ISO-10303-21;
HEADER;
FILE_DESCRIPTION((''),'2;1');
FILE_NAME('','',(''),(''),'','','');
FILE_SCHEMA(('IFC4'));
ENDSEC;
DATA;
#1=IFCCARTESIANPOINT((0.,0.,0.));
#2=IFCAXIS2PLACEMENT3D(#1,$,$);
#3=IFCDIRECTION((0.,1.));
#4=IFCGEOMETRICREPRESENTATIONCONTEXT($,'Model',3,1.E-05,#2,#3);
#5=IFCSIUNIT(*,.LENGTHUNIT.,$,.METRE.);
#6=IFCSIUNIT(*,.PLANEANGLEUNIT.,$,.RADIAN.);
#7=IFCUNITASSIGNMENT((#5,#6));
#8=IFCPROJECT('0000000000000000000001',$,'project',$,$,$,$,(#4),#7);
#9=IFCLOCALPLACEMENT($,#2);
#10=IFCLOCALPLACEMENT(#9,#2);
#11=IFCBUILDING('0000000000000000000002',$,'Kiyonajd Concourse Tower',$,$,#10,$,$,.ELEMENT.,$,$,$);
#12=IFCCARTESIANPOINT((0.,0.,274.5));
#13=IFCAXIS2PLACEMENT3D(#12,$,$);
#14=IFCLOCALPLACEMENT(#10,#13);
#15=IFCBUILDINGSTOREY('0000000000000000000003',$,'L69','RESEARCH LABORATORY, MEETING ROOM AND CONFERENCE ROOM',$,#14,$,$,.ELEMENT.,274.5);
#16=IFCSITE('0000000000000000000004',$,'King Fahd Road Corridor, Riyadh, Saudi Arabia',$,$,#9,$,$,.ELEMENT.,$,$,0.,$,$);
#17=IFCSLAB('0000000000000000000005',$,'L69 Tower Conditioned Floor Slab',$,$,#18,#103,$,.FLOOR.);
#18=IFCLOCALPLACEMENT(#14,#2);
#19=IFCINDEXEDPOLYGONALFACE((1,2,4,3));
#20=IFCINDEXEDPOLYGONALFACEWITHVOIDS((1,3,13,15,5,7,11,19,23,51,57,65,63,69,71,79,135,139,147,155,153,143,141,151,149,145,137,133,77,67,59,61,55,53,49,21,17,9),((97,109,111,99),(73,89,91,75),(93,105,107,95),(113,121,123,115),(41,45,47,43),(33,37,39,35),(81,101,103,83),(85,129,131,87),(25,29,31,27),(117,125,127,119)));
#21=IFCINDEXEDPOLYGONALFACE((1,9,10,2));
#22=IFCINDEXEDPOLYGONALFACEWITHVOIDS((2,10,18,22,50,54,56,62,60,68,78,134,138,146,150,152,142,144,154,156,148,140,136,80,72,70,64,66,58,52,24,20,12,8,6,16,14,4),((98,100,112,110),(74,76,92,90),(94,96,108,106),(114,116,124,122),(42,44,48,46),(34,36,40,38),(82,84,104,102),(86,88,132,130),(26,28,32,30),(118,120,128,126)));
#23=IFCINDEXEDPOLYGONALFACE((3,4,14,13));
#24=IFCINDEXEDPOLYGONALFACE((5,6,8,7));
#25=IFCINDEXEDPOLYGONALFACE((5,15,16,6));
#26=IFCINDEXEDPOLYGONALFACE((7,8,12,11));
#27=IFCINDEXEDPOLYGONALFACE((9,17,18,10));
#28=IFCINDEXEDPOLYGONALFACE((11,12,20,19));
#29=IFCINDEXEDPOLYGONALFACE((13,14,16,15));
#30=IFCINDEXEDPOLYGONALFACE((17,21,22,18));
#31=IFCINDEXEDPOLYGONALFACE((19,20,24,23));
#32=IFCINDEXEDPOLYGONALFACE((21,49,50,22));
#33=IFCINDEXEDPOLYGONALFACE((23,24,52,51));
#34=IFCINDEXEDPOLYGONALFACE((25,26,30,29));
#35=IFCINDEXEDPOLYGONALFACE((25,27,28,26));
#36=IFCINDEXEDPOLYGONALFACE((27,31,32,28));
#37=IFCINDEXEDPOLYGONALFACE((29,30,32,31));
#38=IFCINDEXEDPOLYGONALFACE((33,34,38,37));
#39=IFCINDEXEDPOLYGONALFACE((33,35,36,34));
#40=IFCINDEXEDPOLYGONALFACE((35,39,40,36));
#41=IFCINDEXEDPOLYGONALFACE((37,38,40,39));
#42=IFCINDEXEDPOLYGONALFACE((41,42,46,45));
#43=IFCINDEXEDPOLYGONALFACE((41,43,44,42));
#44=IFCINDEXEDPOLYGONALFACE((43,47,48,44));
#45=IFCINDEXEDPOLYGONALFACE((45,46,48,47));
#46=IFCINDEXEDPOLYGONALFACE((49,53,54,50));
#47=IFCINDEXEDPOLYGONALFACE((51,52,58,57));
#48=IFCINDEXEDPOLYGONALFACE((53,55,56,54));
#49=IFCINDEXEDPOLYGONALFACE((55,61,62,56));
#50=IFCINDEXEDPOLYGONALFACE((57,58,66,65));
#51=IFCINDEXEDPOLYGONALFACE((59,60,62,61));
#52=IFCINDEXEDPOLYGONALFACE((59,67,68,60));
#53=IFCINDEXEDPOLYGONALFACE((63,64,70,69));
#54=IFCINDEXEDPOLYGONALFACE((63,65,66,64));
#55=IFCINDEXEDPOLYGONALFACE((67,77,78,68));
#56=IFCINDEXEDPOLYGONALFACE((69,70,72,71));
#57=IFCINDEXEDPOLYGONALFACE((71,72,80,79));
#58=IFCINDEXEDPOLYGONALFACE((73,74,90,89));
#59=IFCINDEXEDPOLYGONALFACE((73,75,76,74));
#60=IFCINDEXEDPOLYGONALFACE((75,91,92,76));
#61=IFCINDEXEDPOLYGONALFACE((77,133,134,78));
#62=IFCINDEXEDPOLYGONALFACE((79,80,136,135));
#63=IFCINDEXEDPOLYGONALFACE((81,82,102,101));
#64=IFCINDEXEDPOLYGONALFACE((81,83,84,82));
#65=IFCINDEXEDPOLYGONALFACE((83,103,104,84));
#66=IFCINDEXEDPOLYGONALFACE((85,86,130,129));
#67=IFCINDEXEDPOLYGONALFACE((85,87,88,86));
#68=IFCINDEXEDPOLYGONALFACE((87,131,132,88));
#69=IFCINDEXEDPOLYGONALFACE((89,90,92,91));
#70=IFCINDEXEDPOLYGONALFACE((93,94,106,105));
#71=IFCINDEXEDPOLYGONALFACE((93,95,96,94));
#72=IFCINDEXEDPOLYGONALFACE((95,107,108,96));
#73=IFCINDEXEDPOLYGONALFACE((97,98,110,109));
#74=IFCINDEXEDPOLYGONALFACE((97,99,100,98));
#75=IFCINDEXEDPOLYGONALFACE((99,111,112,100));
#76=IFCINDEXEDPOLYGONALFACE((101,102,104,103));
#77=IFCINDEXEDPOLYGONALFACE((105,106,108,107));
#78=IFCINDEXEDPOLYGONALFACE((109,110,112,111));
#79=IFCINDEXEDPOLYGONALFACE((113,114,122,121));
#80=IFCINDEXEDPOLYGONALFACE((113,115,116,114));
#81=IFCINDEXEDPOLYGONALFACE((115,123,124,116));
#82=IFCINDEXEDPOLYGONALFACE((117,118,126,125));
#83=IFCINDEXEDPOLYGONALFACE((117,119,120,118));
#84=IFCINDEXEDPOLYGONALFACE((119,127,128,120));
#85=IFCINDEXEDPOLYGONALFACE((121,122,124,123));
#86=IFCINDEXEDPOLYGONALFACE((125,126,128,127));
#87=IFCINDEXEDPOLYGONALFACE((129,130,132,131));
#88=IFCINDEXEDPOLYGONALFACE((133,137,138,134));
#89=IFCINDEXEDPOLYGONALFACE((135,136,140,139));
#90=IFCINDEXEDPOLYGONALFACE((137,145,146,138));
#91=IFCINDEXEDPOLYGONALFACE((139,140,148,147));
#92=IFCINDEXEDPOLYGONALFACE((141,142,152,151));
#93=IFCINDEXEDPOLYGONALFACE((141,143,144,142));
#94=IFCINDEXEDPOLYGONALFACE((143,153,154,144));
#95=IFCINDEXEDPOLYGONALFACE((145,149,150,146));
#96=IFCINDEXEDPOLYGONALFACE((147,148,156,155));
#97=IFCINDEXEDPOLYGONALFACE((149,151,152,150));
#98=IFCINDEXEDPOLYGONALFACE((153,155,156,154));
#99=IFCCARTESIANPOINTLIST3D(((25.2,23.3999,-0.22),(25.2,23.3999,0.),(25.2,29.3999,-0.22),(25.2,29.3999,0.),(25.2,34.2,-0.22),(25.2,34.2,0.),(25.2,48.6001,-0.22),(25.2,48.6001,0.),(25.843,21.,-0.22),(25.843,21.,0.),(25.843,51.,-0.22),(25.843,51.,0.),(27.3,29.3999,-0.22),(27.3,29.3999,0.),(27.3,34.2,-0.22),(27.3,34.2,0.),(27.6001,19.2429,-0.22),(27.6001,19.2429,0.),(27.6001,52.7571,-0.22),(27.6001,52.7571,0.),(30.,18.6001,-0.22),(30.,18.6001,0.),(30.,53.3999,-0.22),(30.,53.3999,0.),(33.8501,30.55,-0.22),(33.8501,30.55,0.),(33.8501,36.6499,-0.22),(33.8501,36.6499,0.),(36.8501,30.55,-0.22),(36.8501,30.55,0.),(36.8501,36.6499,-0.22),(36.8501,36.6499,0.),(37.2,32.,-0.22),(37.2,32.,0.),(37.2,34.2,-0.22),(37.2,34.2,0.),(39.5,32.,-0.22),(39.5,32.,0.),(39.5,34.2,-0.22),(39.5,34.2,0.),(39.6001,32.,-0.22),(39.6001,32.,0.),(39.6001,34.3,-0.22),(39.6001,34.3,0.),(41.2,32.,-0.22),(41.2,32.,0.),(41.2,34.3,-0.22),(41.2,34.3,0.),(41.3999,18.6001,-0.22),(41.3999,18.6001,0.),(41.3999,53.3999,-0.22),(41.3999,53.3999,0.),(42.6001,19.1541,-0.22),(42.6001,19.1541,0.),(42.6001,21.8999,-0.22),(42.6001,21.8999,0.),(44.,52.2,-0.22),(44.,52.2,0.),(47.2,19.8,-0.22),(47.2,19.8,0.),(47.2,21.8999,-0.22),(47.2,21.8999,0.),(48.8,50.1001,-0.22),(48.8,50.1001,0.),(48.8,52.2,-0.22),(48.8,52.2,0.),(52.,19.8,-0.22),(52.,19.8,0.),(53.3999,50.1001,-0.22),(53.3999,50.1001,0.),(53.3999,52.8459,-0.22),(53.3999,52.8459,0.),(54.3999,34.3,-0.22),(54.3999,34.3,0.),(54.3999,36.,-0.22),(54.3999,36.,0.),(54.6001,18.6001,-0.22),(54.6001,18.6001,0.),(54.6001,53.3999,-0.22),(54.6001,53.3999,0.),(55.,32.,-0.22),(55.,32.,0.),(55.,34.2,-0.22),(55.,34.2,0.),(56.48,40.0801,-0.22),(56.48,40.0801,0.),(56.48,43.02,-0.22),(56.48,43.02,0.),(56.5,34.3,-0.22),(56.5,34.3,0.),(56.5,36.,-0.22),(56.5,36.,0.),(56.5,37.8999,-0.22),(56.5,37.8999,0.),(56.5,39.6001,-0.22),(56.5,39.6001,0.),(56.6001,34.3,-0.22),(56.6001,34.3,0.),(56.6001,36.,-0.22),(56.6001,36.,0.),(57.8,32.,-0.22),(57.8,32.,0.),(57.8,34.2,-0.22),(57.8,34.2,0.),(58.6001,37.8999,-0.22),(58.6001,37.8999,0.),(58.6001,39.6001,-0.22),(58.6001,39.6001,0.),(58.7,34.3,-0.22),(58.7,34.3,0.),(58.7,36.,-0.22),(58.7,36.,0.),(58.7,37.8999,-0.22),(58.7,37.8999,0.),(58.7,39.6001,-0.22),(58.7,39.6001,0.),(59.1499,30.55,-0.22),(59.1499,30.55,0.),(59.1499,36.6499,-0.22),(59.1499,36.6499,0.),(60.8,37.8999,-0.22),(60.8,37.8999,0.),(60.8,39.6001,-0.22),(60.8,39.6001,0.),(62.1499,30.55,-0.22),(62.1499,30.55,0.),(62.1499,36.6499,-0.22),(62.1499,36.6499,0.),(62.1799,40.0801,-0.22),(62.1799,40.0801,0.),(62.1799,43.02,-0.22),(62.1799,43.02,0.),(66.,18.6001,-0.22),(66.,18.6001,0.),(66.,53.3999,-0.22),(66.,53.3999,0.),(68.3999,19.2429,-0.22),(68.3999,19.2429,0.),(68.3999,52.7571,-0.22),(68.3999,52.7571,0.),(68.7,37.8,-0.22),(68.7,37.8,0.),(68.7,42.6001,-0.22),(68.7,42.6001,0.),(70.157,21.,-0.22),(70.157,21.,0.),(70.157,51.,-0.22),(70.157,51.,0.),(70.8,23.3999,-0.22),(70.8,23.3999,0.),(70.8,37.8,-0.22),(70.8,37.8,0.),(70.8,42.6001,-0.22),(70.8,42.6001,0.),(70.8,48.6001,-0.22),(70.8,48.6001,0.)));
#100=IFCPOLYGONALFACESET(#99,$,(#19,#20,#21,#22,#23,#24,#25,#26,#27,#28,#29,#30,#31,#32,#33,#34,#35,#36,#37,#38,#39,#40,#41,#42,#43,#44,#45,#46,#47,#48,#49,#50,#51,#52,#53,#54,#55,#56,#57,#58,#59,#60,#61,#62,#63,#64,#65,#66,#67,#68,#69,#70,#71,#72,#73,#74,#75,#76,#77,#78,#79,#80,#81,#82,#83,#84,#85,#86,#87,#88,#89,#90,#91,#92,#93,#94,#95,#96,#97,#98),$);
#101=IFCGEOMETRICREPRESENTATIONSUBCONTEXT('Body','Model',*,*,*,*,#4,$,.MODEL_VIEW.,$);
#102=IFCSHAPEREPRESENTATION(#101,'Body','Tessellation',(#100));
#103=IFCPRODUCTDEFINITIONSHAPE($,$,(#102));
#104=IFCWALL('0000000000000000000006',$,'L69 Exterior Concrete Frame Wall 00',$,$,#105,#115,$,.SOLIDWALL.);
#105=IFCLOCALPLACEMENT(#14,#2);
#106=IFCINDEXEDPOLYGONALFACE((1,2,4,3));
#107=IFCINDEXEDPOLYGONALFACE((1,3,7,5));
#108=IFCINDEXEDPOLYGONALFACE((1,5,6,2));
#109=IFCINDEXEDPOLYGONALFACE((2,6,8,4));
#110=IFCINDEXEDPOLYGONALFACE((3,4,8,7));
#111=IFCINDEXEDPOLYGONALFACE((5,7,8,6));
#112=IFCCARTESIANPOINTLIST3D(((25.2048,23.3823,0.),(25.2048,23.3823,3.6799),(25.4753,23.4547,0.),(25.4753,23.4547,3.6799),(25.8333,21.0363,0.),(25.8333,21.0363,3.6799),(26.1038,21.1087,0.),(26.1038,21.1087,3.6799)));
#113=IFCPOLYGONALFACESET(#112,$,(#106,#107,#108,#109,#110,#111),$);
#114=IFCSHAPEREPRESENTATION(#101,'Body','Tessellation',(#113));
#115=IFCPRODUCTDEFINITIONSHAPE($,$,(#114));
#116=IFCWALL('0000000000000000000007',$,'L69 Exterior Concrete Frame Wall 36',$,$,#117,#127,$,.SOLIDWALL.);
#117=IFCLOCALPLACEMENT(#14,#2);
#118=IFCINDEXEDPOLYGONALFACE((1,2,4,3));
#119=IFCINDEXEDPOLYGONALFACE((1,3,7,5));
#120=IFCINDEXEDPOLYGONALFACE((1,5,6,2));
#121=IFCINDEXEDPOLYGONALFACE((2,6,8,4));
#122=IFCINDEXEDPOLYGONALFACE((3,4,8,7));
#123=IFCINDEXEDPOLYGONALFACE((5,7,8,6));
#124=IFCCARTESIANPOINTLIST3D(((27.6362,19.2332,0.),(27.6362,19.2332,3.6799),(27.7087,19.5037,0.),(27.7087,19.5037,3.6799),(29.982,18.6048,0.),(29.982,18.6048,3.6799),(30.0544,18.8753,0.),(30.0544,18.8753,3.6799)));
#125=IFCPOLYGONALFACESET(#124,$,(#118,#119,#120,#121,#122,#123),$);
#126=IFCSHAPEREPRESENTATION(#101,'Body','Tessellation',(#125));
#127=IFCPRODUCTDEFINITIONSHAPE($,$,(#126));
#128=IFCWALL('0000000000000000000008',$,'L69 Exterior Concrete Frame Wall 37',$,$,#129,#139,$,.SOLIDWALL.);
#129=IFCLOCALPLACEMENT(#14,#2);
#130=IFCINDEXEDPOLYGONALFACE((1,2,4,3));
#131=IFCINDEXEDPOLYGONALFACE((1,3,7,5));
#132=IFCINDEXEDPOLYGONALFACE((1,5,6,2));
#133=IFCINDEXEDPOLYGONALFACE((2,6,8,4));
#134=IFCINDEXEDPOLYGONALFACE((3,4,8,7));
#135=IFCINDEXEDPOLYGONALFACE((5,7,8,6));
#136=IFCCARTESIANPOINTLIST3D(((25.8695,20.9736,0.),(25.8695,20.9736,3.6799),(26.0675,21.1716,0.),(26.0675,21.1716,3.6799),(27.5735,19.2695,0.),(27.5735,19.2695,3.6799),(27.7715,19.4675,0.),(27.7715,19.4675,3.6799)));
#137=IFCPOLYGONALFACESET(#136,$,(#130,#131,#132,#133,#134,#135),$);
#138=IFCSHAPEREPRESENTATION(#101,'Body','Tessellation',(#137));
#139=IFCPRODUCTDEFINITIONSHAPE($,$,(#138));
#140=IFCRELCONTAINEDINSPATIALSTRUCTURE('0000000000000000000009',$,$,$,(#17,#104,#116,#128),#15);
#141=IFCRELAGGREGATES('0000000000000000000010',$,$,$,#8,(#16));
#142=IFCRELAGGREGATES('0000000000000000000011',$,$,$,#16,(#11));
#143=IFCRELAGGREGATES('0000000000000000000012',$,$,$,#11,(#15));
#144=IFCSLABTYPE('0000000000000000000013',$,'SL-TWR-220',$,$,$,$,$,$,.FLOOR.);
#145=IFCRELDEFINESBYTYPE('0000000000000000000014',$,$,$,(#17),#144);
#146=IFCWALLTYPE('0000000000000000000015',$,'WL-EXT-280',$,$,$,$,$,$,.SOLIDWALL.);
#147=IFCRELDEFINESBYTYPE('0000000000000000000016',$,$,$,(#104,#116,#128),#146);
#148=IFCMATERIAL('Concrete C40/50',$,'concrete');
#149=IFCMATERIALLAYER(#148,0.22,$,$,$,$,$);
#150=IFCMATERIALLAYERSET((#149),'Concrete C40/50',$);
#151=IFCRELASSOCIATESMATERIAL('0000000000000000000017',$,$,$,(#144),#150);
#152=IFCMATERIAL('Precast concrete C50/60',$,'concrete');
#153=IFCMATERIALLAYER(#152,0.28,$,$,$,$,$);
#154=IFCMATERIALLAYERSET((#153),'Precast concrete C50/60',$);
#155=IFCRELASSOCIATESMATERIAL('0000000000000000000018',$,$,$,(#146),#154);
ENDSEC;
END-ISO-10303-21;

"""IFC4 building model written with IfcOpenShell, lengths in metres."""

from ifc_helpers import new_model, si_unit, direction, frame, frame_2d, origin, place, context, subcontext, project, spatial, polyline, rectangle, outline, extrude, material, layer, layer_set, type_object, element, save


model = new_model("IFC4")

# Units and contexts
model_context = context("Model", 3, precision=1e-05, world=origin(), true_north=direction((0.0, 1.0)))
body_context = subcontext(model_context, "Body", "Model", "MODEL_VIEW")
ifc_project = project(units=[si_unit("LENGTHUNIT", "METRE"), si_unit("PLANEANGLEUNIT", "RADIAN")], contexts=[model_context])

# Site, building, storey
site_placement = place(None, origin())
site = spatial("IfcSite", under=ifc_project, at=site_placement, Name="King Fahd Road Corridor, Riyadh, Saudi Arabia", CompositionType="ELEMENT", RefElevation=0.0)
building_placement = place(site_placement, origin())
building = spatial("IfcBuilding", under=site, at=building_placement, Name="Kiyonajd Concourse Tower", CompositionType="ELEMENT")
storey_placement = place(building_placement, frame((0.0, 0.0, 274.5)))
storey = spatial("IfcBuildingStorey", under=building, at=storey_placement, Name="L69", Description="RESEARCH LABORATORY, MEETING ROOM AND CONFERENCE ROOM", CompositionType="ELEMENT", Elevation=274.5)

# Shared definitions
ifc_material_1 = material(Name="Concrete C40/50", Category="concrete")

# Slab
ifc_material_2 = material(Name="Precast concrete C50/60", Category="concrete")
ifc_layer_1 = layer(ifc_material_1, 0.22)
ifc_layer_set_1 = layer_set([ifc_layer_1], Name="Concrete C40/50")
slab_type_1 = type_object("IfcSlabType", Name="SL-TWR-220", PredefinedType="FLOOR", material=ifc_layer_set_1)
slab_1_placement = place(storey_placement, frame((0.0, 0.0, -0.22)))
element("IfcSlab", 1, at=slab_1_placement, inside=storey, type_object=slab_type_1, Name="L69 Tower Conditioned Floor Slab", PredefinedType="FLOOR", context=body_context, shape_type="SweptSolid", body=[
    extrude(outline(polyline([(25.843, 21.0), (25.2, 23.3999), (25.2, 29.3999), (27.3, 29.3999), (27.3, 34.2), (25.2, 34.2), (25.2, 48.6001), (25.843, 51.0), (27.6001, 52.7571), (30.0, 53.3999), (41.3999, 53.3999), (44.0, 52.2), (48.8, 52.2), (48.8, 50.1001), (53.3999, 50.1001), (53.3999, 52.8459), (54.6001, 53.3999), (66.0, 53.3999), (68.3999, 52.7571), (70.157, 51.0), (70.8, 48.6001), (70.8, 42.6001), (68.7, 42.6001), (68.7, 37.8), (70.8, 37.8), (70.8, 23.3999), (70.157, 21.0), (68.3999, 19.2429), (66.0, 18.6001), (54.6001, 18.6001), (52.0, 19.8), (47.2, 19.8), (47.2, 21.8999), (42.6001, 21.8999), (42.6001, 19.1541), (41.3999, 18.6001), (30.0, 18.6001), (27.6001, 19.2429), (25.843, 21.0)]), holes=[polyline([(39.5, 32.0), (37.2, 32.0), (37.2, 34.2), (39.5, 34.2), (39.5, 32.0)]), polyline([(57.8, 32.0), (55.0, 32.0), (55.0, 34.2), (57.8, 34.2), (57.8, 32.0)]), polyline([(41.2, 32.0), (39.6001, 32.0), (39.6001, 34.3), (41.2, 34.3), (41.2, 32.0)]), polyline([(33.8501, 30.55), (33.8501, 36.6499), (36.8501, 36.6499), (36.8501, 30.55), (33.8501, 30.55)]), polyline([(59.1499, 30.55), (59.1499, 36.6499), (62.1499, 36.6499), (62.1499, 30.55), (59.1499, 30.55)]), polyline([(56.5, 34.3), (54.3999, 34.3), (54.3999, 36.0), (56.5, 36.0), (56.5, 34.3)]), polyline([(58.7, 34.3), (56.6001, 34.3), (56.6001, 36.0), (58.7, 36.0), (58.7, 34.3)]), polyline([(58.6001, 37.8999), (56.5, 37.8999), (56.5, 39.6001), (58.6001, 39.6001), (58.6001, 37.8999)]), polyline([(58.7, 37.8999), (58.7, 39.6001), (60.8, 39.6001), (60.8, 37.8999), (58.7, 37.8999)]), polyline([(56.48, 43.02), (62.1799, 43.02), (62.1799, 40.0801), (56.48, 40.0801), (56.48, 43.02)])]), origin(), (0.0, 0.0, 1.0), 0.22),
])

# Walls
ifc_layer_2 = layer(ifc_material_2, 0.28)
ifc_layer_set_2 = layer_set([ifc_layer_2], Name="Precast concrete C50/60")
wall_type = type_object("IfcWallType", Name="WL-EXT-280", PredefinedType="SOLIDWALL", material=ifc_layer_set_2)
wall_1_placement = place(storey_placement, frame((25.9685, 21.0725, 0.0), z_axis=(0.0, 0.0, 1.0), x_axis=(-0.258751, 0.965944, 0.0)))
element("IfcWall", 2, at=wall_1_placement, inside=storey, type_object=wall_type, Name="L69 Exterior Concrete Frame Wall 00", PredefinedType="SOLIDWALL", context=body_context, shape_type="SweptSolid", body=[
    extrude(rectangle(XDim=2.4287, YDim=0.28, at=frame_2d((1.2144, 0.0))), origin(), (0.0, 0.0, 1.0), 3.6799),
])
wall_2_placement = place(storey_placement, frame((30.0183, 18.74, 0.0), z_axis=(0.0, 0.0, 1.0), x_axis=(-0.965937, 0.258776, 0.0)))
element("IfcWall", 3, at=wall_2_placement, inside=storey, type_object=wall_type, Name="L69 Exterior Concrete Frame Wall 36", PredefinedType="SOLIDWALL", context=body_context, shape_type="SweptSolid", body=[
    extrude(rectangle(XDim=2.4285, YDim=0.28, at=frame_2d((1.2144, 0.0))), origin(), (0.0, 0.0, 1.0), 3.6799),
])
wall_3_placement = place(storey_placement, frame((27.6726, 19.3684, 0.0), z_axis=(0.0, 0.0, 1.0), x_axis=(-0.707107, 0.707107, 0.0)))
element("IfcWall", 4, at=wall_3_placement, inside=storey, type_object=wall_type, Name="L69 Exterior Concrete Frame Wall 37", PredefinedType="SOLIDWALL", context=body_context, shape_type="SweptSolid", body=[
    extrude(rectangle(XDim=2.4099, YDim=0.28, at=frame_2d((1.2051, 0.0))), origin(), (0.0, 0.0, 1.0), 3.6799),
])

save(model, "model.ifc")
